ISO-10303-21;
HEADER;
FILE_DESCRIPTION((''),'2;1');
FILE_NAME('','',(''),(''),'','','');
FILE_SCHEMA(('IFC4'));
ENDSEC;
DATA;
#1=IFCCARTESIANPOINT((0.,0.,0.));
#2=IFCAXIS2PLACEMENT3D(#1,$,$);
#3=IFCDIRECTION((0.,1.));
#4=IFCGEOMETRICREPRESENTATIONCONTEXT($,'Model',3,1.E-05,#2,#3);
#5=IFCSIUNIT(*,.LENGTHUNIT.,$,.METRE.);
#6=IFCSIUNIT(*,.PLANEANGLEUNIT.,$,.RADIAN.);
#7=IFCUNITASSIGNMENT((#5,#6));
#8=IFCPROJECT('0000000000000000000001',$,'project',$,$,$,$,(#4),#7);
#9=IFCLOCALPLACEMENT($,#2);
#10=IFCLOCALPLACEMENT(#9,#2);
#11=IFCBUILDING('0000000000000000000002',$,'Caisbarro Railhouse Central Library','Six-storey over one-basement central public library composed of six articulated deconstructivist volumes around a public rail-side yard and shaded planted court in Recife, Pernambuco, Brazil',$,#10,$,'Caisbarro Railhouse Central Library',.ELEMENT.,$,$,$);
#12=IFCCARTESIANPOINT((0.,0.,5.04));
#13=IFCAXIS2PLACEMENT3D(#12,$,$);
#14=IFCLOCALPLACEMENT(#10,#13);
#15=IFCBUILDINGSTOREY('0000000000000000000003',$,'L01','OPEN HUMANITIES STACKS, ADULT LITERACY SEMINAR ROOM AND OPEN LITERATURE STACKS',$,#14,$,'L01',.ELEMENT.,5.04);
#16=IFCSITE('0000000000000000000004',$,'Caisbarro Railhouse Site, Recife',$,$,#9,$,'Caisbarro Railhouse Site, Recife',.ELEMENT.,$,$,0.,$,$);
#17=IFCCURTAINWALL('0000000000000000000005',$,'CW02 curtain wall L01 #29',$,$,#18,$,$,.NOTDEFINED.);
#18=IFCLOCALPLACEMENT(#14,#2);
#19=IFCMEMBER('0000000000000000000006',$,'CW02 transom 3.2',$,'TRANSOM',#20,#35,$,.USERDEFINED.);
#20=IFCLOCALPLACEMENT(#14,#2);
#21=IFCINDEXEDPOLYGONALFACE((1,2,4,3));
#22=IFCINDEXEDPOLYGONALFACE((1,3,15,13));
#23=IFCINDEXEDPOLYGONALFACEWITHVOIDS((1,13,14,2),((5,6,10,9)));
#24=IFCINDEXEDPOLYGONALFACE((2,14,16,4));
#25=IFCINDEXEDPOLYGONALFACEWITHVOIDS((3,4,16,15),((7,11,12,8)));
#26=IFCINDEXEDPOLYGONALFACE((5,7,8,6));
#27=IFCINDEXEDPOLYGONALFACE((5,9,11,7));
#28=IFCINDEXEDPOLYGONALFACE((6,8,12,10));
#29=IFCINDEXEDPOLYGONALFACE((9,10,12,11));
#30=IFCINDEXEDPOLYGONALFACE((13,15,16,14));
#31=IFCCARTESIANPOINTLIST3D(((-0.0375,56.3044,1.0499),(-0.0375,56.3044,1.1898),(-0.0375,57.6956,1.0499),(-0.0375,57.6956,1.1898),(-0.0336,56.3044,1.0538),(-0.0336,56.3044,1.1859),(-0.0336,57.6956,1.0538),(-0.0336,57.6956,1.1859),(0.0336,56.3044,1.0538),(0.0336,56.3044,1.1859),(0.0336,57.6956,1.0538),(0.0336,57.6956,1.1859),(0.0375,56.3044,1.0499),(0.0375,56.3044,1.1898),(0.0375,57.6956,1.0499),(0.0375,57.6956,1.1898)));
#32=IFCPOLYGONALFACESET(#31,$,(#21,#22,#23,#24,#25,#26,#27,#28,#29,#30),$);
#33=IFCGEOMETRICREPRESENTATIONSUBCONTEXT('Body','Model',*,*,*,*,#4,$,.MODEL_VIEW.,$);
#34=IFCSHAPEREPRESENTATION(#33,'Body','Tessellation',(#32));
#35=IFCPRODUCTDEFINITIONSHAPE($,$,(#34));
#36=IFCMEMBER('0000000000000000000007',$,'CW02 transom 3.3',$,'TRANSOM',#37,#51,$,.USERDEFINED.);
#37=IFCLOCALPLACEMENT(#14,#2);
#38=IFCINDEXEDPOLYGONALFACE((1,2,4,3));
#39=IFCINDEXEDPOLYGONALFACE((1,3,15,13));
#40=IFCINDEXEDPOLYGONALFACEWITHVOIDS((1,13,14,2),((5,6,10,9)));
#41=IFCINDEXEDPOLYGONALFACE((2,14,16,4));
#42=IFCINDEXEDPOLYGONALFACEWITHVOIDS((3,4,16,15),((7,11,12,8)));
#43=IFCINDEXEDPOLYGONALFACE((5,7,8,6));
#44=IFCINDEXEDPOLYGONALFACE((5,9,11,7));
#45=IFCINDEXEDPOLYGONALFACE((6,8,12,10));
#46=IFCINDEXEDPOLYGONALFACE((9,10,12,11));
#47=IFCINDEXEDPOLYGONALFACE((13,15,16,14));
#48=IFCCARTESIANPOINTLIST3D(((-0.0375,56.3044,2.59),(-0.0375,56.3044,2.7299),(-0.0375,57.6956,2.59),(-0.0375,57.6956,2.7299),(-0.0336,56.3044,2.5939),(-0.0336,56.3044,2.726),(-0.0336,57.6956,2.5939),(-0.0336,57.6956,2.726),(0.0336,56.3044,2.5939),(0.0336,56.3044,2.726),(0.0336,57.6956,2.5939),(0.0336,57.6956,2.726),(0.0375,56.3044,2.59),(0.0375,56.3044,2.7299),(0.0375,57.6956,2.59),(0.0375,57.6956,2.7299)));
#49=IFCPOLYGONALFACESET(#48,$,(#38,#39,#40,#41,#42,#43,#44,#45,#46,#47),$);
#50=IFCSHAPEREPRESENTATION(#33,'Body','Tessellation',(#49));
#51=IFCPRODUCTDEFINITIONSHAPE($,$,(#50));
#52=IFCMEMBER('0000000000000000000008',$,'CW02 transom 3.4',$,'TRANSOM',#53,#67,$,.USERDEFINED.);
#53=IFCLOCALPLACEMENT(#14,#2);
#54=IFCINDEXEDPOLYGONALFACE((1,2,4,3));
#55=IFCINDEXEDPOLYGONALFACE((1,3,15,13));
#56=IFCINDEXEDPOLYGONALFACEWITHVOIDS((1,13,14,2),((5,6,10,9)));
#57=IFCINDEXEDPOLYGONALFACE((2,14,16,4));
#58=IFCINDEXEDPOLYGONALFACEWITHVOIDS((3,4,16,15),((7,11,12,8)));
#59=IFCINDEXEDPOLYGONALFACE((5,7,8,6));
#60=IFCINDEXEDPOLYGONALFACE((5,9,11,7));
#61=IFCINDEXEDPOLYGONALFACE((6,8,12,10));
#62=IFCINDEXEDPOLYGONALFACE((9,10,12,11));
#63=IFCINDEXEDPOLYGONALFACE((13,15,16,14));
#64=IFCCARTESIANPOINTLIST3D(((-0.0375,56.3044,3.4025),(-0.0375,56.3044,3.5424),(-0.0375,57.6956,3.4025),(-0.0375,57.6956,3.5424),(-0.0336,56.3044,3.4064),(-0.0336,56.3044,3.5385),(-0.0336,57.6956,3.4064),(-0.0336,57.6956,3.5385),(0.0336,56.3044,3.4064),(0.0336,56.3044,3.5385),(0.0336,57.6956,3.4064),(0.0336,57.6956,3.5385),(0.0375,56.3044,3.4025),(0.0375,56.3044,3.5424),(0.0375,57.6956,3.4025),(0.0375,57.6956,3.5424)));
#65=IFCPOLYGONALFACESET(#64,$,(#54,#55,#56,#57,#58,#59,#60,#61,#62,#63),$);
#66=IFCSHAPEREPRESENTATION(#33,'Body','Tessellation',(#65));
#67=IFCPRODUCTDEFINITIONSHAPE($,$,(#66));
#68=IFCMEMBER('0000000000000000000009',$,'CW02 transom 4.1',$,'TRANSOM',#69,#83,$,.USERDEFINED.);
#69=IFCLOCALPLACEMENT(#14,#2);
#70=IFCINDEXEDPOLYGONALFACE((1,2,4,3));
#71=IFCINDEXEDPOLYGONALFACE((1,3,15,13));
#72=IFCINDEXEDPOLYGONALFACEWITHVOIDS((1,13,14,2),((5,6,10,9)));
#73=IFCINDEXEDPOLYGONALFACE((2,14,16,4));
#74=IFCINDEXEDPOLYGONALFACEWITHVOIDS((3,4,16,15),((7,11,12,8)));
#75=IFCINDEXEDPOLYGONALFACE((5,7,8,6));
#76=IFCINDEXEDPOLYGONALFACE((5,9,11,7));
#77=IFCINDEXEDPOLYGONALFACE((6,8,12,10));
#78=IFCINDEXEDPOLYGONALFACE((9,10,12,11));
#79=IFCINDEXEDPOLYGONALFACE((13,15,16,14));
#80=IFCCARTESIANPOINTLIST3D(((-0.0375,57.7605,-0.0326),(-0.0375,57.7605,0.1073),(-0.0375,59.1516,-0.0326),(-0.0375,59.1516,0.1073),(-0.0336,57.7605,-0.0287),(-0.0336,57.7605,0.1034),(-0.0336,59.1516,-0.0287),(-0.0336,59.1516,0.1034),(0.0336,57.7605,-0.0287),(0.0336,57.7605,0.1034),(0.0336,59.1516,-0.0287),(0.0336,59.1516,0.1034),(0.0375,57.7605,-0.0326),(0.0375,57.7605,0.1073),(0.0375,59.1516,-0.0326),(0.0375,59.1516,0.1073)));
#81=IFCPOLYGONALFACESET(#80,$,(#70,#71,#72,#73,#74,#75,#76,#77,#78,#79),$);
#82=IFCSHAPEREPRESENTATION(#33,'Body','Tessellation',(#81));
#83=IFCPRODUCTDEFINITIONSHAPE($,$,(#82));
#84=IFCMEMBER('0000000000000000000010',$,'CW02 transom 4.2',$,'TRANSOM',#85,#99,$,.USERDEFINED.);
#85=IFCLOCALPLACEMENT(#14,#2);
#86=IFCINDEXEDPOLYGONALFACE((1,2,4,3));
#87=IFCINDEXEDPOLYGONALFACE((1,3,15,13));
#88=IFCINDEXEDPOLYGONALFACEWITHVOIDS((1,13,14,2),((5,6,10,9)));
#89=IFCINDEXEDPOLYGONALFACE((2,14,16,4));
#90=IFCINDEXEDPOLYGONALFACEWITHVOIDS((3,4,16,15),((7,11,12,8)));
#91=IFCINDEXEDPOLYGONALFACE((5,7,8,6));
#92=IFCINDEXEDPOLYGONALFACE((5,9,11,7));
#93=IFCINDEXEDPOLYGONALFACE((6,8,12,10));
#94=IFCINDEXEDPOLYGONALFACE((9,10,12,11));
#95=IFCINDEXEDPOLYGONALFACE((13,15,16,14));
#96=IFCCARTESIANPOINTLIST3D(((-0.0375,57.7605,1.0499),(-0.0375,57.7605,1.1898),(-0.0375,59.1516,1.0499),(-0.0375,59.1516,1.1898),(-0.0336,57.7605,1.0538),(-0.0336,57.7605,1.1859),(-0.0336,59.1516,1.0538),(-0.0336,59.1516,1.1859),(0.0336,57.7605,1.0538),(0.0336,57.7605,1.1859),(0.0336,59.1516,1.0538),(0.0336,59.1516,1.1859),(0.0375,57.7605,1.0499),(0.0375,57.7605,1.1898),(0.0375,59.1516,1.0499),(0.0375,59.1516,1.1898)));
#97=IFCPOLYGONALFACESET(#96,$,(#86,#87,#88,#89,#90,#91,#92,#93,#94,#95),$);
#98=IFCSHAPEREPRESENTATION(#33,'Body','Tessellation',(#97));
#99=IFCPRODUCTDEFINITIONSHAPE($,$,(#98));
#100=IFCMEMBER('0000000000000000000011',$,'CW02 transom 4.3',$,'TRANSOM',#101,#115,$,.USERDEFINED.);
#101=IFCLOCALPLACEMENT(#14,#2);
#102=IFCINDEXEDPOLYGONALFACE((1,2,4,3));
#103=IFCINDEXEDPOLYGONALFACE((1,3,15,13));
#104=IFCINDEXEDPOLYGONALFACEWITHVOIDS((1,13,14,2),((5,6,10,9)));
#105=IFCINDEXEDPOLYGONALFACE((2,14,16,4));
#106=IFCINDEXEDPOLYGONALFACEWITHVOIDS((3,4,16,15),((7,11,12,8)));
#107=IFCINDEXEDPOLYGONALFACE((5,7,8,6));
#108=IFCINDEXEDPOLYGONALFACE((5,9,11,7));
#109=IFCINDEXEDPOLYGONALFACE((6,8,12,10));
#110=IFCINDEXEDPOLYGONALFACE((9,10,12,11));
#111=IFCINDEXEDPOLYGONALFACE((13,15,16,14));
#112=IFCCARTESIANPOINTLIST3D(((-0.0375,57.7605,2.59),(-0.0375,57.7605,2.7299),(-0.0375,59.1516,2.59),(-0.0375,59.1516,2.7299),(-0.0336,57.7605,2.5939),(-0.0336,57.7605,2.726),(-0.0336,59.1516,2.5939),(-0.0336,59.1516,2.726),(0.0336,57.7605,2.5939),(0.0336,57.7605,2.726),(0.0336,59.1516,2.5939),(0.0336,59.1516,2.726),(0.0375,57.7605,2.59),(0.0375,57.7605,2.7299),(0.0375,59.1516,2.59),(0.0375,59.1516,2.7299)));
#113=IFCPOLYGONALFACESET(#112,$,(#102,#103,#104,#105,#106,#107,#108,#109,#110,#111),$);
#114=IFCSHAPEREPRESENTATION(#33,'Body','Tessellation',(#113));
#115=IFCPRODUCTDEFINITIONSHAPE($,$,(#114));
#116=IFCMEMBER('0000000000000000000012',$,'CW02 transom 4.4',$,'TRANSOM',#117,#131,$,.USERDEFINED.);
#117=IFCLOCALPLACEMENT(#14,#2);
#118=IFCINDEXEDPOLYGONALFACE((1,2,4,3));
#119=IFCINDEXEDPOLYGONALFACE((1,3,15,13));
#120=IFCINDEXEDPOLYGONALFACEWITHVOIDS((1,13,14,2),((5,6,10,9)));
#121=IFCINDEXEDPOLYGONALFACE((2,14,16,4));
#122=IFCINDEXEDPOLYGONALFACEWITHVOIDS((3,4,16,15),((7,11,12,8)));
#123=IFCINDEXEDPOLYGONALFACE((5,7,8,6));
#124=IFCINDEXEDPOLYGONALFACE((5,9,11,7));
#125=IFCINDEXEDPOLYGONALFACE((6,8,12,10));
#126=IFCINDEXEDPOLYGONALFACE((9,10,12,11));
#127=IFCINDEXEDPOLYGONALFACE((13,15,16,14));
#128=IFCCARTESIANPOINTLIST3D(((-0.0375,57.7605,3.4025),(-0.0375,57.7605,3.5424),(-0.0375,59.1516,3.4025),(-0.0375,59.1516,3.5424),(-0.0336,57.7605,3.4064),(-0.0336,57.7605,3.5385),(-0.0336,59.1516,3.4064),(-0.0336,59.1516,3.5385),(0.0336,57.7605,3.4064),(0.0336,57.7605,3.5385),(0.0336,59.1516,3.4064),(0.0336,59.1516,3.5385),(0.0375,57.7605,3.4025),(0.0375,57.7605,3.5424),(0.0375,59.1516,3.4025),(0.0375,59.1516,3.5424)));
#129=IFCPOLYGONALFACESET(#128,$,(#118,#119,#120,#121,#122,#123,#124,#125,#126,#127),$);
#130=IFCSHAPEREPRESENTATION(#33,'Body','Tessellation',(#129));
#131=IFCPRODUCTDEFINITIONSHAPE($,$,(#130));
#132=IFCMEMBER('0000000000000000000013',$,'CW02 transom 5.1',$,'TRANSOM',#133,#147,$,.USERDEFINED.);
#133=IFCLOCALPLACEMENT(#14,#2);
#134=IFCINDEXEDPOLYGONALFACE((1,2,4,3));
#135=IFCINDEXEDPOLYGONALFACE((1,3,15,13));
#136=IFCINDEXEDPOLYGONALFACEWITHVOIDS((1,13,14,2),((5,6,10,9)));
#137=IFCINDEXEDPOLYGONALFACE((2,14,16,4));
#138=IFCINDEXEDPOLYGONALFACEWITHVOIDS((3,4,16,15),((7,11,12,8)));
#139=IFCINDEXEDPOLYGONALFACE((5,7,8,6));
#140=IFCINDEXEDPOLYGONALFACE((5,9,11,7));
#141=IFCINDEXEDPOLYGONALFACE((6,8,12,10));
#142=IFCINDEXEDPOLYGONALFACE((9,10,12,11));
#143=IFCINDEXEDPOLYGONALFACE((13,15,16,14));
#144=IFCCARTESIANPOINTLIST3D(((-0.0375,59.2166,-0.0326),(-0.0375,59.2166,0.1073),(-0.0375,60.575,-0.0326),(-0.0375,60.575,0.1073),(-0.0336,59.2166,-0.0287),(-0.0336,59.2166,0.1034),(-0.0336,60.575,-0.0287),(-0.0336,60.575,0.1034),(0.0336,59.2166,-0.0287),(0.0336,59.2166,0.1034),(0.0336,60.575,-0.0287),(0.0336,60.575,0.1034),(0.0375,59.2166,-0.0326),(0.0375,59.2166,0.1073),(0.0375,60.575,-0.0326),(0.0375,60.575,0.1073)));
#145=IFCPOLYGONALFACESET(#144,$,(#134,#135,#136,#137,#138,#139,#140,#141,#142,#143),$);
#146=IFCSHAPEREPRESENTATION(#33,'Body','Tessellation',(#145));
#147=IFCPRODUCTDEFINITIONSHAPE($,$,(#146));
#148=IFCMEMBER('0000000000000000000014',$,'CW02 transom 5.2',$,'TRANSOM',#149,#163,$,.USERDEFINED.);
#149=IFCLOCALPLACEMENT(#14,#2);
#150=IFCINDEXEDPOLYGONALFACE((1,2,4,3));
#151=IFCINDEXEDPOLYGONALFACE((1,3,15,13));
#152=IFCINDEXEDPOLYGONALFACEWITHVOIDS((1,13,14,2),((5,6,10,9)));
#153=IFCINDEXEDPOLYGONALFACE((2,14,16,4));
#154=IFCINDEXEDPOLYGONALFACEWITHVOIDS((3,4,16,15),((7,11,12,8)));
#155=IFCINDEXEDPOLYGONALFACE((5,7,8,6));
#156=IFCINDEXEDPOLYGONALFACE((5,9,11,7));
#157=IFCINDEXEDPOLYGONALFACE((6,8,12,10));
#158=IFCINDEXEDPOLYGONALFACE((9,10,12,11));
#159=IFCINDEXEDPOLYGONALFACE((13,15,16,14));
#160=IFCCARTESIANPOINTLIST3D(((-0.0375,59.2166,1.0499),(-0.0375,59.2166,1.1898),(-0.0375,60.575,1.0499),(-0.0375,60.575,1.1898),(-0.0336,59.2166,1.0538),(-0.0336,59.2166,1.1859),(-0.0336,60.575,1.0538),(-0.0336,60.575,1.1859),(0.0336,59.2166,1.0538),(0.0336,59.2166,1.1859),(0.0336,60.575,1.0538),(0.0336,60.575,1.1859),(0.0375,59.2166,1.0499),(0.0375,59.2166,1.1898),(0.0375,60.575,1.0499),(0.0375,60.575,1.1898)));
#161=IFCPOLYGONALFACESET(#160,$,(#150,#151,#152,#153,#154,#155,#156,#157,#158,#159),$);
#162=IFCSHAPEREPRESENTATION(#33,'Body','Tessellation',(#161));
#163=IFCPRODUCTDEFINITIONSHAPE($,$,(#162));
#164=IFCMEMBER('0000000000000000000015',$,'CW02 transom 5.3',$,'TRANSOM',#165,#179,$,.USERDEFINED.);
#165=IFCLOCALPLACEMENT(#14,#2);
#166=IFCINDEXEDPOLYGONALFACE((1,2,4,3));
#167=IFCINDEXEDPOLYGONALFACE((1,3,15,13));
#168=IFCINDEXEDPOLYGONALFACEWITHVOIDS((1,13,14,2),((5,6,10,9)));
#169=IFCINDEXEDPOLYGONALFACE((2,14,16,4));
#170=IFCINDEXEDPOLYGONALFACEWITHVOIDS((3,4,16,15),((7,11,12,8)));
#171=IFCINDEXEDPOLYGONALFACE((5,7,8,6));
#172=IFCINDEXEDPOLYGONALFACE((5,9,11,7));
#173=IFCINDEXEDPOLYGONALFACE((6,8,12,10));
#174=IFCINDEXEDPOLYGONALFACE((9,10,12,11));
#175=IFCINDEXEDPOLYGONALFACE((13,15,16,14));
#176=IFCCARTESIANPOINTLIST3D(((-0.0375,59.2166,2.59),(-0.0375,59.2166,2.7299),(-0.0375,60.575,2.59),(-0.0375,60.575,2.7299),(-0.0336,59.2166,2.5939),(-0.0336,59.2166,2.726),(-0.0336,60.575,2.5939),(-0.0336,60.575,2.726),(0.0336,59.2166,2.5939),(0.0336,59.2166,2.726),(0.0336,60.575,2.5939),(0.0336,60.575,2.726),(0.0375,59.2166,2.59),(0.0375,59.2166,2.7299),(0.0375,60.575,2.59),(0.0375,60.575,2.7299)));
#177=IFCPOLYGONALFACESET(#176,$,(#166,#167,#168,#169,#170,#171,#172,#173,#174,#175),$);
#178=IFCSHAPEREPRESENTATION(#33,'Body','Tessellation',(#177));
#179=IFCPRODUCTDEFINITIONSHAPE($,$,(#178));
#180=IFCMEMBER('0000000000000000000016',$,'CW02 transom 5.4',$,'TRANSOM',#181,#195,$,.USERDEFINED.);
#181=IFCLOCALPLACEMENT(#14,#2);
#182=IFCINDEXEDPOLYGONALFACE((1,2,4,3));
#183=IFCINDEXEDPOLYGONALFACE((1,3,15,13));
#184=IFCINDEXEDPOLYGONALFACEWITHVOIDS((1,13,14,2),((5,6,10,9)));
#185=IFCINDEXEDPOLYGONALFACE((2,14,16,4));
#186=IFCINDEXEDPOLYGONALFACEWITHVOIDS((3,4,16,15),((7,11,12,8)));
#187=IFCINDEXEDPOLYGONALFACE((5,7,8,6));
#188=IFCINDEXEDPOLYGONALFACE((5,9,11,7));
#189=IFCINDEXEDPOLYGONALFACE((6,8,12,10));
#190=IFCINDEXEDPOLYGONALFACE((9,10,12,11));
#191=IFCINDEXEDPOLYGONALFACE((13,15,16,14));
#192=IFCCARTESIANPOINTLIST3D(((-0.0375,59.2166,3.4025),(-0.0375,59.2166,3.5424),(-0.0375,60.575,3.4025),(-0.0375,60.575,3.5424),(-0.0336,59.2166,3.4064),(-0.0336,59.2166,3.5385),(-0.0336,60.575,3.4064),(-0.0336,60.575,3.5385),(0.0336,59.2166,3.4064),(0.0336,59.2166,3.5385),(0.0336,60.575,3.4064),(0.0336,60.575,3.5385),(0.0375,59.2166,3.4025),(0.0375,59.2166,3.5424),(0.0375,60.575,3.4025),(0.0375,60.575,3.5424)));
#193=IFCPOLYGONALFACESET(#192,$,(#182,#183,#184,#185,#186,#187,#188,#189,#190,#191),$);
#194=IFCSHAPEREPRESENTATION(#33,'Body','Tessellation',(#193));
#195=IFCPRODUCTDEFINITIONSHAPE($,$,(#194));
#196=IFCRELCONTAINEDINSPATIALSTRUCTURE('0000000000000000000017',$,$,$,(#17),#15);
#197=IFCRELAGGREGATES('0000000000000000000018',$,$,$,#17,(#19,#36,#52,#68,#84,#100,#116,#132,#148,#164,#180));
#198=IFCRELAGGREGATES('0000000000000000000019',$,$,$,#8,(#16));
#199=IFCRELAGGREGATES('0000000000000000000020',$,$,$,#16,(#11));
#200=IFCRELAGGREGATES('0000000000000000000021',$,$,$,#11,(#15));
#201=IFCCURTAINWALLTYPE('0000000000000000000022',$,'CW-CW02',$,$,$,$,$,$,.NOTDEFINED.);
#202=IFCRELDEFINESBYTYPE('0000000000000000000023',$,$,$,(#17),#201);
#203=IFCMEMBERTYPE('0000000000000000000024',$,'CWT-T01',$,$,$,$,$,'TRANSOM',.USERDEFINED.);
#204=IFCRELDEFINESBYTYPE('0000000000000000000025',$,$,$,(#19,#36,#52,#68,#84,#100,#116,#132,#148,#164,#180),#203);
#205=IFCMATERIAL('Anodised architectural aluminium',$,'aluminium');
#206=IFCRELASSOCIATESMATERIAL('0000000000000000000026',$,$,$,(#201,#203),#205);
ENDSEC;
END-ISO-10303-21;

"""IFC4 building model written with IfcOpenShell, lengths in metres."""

from ifc_helpers import new_model, si_unit, direction, frame, origin, origin_2d, place, context, subcontext, project, spatial, hollow_rectangle, extrude, material, material_profile, profile_set, type_object, element, aggregate, save


model = new_model("IFC4")

# Units and contexts
model_context = context("Model", 3, precision=1e-05, world=origin(), true_north=direction((0.0, 1.0)))
body_context = subcontext(model_context, "Body", "Model", "MODEL_VIEW")
ifc_project = project(units=[si_unit("LENGTHUNIT", "METRE"), si_unit("PLANEANGLEUNIT", "RADIAN")], contexts=[model_context])

# Site, building, storey
site_placement = place(None, origin())
site = spatial("IfcSite", under=ifc_project, at=site_placement, Name="Caisbarro Railhouse Site, Recife", LongName="Caisbarro Railhouse Site, Recife", CompositionType="ELEMENT", RefElevation=0.0)
building_placement = place(site_placement, origin())
building = spatial("IfcBuilding", under=site, at=building_placement, Name="Caisbarro Railhouse Central Library", Description="Six-storey over one-basement central public library composed of six articulated deconstructivist volumes around a public rail-side yard and shaded planted court in Recife, Pernambuco, Brazil", LongName="Caisbarro Railhouse Central Library", CompositionType="ELEMENT")
storey_placement = place(building_placement, frame((0.0, 0.0, 5.04)))
storey = spatial("IfcBuildingStorey", under=building, at=storey_placement, Name="L01", Description="OPEN HUMANITIES STACKS, ADULT LITERACY SEMINAR ROOM AND OPEN LITERATURE STACKS", LongName="L01", CompositionType="ELEMENT", Elevation=5.04)

# Curtain wall, members
ifc_material_1 = material(Name="Anodised architectural aluminium", Category="aluminium")
curtain_wall_type = type_object("IfcCurtainWallType", Name="CW-CW02", PredefinedType="NOTDEFINED", material=ifc_material_1)
curtain_wall_placement = place(storey_placement, origin())
curtain_wall = element("IfcCurtainWall", 1, at=curtain_wall_placement, inside=storey, type_object=curtain_wall_type, Name="CW02 curtain wall L01 #29", PredefinedType="NOTDEFINED")
ifc_material_profile_1 = material_profile(ifc_material_1, hollow_rectangle(XDim=0.075, YDim=0.1399, WallThickness=0.0039, at=origin_2d()), Name="ALU-TRN-75X140")
ifc_profile_set_1 = profile_set([ifc_material_profile_1], Name="Anodised architectural aluminium")
member_type_1 = type_object("IfcMemberType", Name="CWT-T01", ElementType="TRANSOM", PredefinedType="USERDEFINED", material=ifc_profile_set_1)
member_1_placement = place(storey_placement, frame((0.0, 56.3044, 1.1199), z_axis=(0.0, 1.0, 0.0), x_axis=(-1.0, 0.0, 0.0)))
member_1 = element("IfcMember", 2, at=member_1_placement, type_object=member_type_1, Name="CW02 transom 3.2", ObjectType="TRANSOM", PredefinedType="USERDEFINED", context=body_context, shape_type="SweptSolid", body=[
    extrude(hollow_rectangle(XDim=0.075, YDim=0.1399, WallThickness=0.0039, at=origin_2d()), origin(), (0.0, 0.0, 1.0), 1.3911),
])
member_2_placement = place(storey_placement, frame((0.0, 56.3044, 2.6599), z_axis=(0.0, 1.0, 0.0), x_axis=(-1.0, 0.0, 0.0)))
member_2 = element("IfcMember", 3, at=member_2_placement, type_object=member_type_1, Name="CW02 transom 3.3", ObjectType="TRANSOM", PredefinedType="USERDEFINED", context=body_context, shape_type="SweptSolid", body=[
    extrude(hollow_rectangle(XDim=0.075, YDim=0.1399, WallThickness=0.0039, at=origin_2d()), origin(), (0.0, 0.0, 1.0), 1.3911),
])
member_3_placement = place(storey_placement, frame((0.0, 56.3044, 3.4724), z_axis=(0.0, 1.0, 0.0), x_axis=(-1.0, 0.0, 0.0)))
member_3 = element("IfcMember", 4, at=member_3_placement, type_object=member_type_1, Name="CW02 transom 3.4", ObjectType="TRANSOM", PredefinedType="USERDEFINED", context=body_context, shape_type="SweptSolid", body=[
    extrude(hollow_rectangle(XDim=0.075, YDim=0.1399, WallThickness=0.0039, at=origin_2d()), origin(), (0.0, 0.0, 1.0), 1.3911),
])
member_4_placement = place(storey_placement, frame((0.0, 57.7605, 0.0374), z_axis=(0.0, 1.0, 0.0), x_axis=(-1.0, 0.0, 0.0)))
member_4 = element("IfcMember", 5, at=member_4_placement, type_object=member_type_1, Name="CW02 transom 4.1", ObjectType="TRANSOM", PredefinedType="USERDEFINED", context=body_context, shape_type="SweptSolid", body=[
    extrude(hollow_rectangle(XDim=0.075, YDim=0.1399, WallThickness=0.0039, at=origin_2d()), origin(), (0.0, 0.0, 1.0), 1.3911),
])
member_5_placement = place(storey_placement, frame((0.0, 57.7605, 1.1199), z_axis=(0.0, 1.0, 0.0), x_axis=(-1.0, 0.0, 0.0)))
member_5 = element("IfcMember", 6, at=member_5_placement, type_object=member_type_1, Name="CW02 transom 4.2", ObjectType="TRANSOM", PredefinedType="USERDEFINED", context=body_context, shape_type="SweptSolid", body=[
    extrude(hollow_rectangle(XDim=0.075, YDim=0.1399, WallThickness=0.0039, at=origin_2d()), origin(), (0.0, 0.0, 1.0), 1.3911),
])
member_6_placement = place(storey_placement, frame((0.0, 57.7605, 2.6599), z_axis=(0.0, 1.0, 0.0), x_axis=(-1.0, 0.0, 0.0)))
member_6 = element("IfcMember", 7, at=member_6_placement, type_object=member_type_1, Name="CW02 transom 4.3", ObjectType="TRANSOM", PredefinedType="USERDEFINED", context=body_context, shape_type="SweptSolid", body=[
    extrude(hollow_rectangle(XDim=0.075, YDim=0.1399, WallThickness=0.0039, at=origin_2d()), origin(), (0.0, 0.0, 1.0), 1.3911),
])
member_7_placement = place(storey_placement, frame((0.0, 57.7605, 3.4724), z_axis=(0.0, 1.0, 0.0), x_axis=(-1.0, 0.0, 0.0)))
member_7 = element("IfcMember", 8, at=member_7_placement, type_object=member_type_1, Name="CW02 transom 4.4", ObjectType="TRANSOM", PredefinedType="USERDEFINED", context=body_context, shape_type="SweptSolid", body=[
    extrude(hollow_rectangle(XDim=0.075, YDim=0.1399, WallThickness=0.0039, at=origin_2d()), origin(), (0.0, 0.0, 1.0), 1.3911),
])
member_8_placement = place(storey_placement, frame((0.0, 59.2166, 0.0374), z_axis=(0.0, 1.0, 0.0), x_axis=(-1.0, 0.0, 0.0)))
member_8 = element("IfcMember", 9, at=member_8_placement, type_object=member_type_1, Name="CW02 transom 5.1", ObjectType="TRANSOM", PredefinedType="USERDEFINED", context=body_context, shape_type="SweptSolid", body=[
    extrude(hollow_rectangle(XDim=0.075, YDim=0.1399, WallThickness=0.0039, at=origin_2d()), origin(), (0.0, 0.0, 1.0), 1.3584),
])
member_9_placement = place(storey_placement, frame((0.0, 59.2166, 1.1199), z_axis=(0.0, 1.0, 0.0), x_axis=(-1.0, 0.0, 0.0)))
member_9 = element("IfcMember", 10, at=member_9_placement, type_object=member_type_1, Name="CW02 transom 5.2", ObjectType="TRANSOM", PredefinedType="USERDEFINED", context=body_context, shape_type="SweptSolid", body=[
    extrude(hollow_rectangle(XDim=0.075, YDim=0.1399, WallThickness=0.0039, at=origin_2d()), origin(), (0.0, 0.0, 1.0), 1.3584),
])
member_10_placement = place(storey_placement, frame((0.0, 59.2166, 2.6599), z_axis=(0.0, 1.0, 0.0), x_axis=(-1.0, 0.0, 0.0)))
member_10 = element("IfcMember", 11, at=member_10_placement, type_object=member_type_1, Name="CW02 transom 5.3", ObjectType="TRANSOM", PredefinedType="USERDEFINED", context=body_context, shape_type="SweptSolid", body=[
    extrude(hollow_rectangle(XDim=0.075, YDim=0.1399, WallThickness=0.0039, at=origin_2d()), origin(), (0.0, 0.0, 1.0), 1.3584),
])
member_11_placement = place(storey_placement, frame((0.0, 59.2166, 3.4724), z_axis=(0.0, 1.0, 0.0), x_axis=(-1.0, 0.0, 0.0)))
member_11 = element("IfcMember", 12, at=member_11_placement, type_object=member_type_1, Name="CW02 transom 5.4", ObjectType="TRANSOM", PredefinedType="USERDEFINED", context=body_context, shape_type="SweptSolid", body=[
    extrude(hollow_rectangle(XDim=0.075, YDim=0.1399, WallThickness=0.0039, at=origin_2d()), origin(), (0.0, 0.0, 1.0), 1.3584),
])
aggregate(curtain_wall, [member_1, member_2, member_3, member_4, member_5, member_6, member_7, member_8, member_9, member_10, member_11])

save(model, "model.ifc")
